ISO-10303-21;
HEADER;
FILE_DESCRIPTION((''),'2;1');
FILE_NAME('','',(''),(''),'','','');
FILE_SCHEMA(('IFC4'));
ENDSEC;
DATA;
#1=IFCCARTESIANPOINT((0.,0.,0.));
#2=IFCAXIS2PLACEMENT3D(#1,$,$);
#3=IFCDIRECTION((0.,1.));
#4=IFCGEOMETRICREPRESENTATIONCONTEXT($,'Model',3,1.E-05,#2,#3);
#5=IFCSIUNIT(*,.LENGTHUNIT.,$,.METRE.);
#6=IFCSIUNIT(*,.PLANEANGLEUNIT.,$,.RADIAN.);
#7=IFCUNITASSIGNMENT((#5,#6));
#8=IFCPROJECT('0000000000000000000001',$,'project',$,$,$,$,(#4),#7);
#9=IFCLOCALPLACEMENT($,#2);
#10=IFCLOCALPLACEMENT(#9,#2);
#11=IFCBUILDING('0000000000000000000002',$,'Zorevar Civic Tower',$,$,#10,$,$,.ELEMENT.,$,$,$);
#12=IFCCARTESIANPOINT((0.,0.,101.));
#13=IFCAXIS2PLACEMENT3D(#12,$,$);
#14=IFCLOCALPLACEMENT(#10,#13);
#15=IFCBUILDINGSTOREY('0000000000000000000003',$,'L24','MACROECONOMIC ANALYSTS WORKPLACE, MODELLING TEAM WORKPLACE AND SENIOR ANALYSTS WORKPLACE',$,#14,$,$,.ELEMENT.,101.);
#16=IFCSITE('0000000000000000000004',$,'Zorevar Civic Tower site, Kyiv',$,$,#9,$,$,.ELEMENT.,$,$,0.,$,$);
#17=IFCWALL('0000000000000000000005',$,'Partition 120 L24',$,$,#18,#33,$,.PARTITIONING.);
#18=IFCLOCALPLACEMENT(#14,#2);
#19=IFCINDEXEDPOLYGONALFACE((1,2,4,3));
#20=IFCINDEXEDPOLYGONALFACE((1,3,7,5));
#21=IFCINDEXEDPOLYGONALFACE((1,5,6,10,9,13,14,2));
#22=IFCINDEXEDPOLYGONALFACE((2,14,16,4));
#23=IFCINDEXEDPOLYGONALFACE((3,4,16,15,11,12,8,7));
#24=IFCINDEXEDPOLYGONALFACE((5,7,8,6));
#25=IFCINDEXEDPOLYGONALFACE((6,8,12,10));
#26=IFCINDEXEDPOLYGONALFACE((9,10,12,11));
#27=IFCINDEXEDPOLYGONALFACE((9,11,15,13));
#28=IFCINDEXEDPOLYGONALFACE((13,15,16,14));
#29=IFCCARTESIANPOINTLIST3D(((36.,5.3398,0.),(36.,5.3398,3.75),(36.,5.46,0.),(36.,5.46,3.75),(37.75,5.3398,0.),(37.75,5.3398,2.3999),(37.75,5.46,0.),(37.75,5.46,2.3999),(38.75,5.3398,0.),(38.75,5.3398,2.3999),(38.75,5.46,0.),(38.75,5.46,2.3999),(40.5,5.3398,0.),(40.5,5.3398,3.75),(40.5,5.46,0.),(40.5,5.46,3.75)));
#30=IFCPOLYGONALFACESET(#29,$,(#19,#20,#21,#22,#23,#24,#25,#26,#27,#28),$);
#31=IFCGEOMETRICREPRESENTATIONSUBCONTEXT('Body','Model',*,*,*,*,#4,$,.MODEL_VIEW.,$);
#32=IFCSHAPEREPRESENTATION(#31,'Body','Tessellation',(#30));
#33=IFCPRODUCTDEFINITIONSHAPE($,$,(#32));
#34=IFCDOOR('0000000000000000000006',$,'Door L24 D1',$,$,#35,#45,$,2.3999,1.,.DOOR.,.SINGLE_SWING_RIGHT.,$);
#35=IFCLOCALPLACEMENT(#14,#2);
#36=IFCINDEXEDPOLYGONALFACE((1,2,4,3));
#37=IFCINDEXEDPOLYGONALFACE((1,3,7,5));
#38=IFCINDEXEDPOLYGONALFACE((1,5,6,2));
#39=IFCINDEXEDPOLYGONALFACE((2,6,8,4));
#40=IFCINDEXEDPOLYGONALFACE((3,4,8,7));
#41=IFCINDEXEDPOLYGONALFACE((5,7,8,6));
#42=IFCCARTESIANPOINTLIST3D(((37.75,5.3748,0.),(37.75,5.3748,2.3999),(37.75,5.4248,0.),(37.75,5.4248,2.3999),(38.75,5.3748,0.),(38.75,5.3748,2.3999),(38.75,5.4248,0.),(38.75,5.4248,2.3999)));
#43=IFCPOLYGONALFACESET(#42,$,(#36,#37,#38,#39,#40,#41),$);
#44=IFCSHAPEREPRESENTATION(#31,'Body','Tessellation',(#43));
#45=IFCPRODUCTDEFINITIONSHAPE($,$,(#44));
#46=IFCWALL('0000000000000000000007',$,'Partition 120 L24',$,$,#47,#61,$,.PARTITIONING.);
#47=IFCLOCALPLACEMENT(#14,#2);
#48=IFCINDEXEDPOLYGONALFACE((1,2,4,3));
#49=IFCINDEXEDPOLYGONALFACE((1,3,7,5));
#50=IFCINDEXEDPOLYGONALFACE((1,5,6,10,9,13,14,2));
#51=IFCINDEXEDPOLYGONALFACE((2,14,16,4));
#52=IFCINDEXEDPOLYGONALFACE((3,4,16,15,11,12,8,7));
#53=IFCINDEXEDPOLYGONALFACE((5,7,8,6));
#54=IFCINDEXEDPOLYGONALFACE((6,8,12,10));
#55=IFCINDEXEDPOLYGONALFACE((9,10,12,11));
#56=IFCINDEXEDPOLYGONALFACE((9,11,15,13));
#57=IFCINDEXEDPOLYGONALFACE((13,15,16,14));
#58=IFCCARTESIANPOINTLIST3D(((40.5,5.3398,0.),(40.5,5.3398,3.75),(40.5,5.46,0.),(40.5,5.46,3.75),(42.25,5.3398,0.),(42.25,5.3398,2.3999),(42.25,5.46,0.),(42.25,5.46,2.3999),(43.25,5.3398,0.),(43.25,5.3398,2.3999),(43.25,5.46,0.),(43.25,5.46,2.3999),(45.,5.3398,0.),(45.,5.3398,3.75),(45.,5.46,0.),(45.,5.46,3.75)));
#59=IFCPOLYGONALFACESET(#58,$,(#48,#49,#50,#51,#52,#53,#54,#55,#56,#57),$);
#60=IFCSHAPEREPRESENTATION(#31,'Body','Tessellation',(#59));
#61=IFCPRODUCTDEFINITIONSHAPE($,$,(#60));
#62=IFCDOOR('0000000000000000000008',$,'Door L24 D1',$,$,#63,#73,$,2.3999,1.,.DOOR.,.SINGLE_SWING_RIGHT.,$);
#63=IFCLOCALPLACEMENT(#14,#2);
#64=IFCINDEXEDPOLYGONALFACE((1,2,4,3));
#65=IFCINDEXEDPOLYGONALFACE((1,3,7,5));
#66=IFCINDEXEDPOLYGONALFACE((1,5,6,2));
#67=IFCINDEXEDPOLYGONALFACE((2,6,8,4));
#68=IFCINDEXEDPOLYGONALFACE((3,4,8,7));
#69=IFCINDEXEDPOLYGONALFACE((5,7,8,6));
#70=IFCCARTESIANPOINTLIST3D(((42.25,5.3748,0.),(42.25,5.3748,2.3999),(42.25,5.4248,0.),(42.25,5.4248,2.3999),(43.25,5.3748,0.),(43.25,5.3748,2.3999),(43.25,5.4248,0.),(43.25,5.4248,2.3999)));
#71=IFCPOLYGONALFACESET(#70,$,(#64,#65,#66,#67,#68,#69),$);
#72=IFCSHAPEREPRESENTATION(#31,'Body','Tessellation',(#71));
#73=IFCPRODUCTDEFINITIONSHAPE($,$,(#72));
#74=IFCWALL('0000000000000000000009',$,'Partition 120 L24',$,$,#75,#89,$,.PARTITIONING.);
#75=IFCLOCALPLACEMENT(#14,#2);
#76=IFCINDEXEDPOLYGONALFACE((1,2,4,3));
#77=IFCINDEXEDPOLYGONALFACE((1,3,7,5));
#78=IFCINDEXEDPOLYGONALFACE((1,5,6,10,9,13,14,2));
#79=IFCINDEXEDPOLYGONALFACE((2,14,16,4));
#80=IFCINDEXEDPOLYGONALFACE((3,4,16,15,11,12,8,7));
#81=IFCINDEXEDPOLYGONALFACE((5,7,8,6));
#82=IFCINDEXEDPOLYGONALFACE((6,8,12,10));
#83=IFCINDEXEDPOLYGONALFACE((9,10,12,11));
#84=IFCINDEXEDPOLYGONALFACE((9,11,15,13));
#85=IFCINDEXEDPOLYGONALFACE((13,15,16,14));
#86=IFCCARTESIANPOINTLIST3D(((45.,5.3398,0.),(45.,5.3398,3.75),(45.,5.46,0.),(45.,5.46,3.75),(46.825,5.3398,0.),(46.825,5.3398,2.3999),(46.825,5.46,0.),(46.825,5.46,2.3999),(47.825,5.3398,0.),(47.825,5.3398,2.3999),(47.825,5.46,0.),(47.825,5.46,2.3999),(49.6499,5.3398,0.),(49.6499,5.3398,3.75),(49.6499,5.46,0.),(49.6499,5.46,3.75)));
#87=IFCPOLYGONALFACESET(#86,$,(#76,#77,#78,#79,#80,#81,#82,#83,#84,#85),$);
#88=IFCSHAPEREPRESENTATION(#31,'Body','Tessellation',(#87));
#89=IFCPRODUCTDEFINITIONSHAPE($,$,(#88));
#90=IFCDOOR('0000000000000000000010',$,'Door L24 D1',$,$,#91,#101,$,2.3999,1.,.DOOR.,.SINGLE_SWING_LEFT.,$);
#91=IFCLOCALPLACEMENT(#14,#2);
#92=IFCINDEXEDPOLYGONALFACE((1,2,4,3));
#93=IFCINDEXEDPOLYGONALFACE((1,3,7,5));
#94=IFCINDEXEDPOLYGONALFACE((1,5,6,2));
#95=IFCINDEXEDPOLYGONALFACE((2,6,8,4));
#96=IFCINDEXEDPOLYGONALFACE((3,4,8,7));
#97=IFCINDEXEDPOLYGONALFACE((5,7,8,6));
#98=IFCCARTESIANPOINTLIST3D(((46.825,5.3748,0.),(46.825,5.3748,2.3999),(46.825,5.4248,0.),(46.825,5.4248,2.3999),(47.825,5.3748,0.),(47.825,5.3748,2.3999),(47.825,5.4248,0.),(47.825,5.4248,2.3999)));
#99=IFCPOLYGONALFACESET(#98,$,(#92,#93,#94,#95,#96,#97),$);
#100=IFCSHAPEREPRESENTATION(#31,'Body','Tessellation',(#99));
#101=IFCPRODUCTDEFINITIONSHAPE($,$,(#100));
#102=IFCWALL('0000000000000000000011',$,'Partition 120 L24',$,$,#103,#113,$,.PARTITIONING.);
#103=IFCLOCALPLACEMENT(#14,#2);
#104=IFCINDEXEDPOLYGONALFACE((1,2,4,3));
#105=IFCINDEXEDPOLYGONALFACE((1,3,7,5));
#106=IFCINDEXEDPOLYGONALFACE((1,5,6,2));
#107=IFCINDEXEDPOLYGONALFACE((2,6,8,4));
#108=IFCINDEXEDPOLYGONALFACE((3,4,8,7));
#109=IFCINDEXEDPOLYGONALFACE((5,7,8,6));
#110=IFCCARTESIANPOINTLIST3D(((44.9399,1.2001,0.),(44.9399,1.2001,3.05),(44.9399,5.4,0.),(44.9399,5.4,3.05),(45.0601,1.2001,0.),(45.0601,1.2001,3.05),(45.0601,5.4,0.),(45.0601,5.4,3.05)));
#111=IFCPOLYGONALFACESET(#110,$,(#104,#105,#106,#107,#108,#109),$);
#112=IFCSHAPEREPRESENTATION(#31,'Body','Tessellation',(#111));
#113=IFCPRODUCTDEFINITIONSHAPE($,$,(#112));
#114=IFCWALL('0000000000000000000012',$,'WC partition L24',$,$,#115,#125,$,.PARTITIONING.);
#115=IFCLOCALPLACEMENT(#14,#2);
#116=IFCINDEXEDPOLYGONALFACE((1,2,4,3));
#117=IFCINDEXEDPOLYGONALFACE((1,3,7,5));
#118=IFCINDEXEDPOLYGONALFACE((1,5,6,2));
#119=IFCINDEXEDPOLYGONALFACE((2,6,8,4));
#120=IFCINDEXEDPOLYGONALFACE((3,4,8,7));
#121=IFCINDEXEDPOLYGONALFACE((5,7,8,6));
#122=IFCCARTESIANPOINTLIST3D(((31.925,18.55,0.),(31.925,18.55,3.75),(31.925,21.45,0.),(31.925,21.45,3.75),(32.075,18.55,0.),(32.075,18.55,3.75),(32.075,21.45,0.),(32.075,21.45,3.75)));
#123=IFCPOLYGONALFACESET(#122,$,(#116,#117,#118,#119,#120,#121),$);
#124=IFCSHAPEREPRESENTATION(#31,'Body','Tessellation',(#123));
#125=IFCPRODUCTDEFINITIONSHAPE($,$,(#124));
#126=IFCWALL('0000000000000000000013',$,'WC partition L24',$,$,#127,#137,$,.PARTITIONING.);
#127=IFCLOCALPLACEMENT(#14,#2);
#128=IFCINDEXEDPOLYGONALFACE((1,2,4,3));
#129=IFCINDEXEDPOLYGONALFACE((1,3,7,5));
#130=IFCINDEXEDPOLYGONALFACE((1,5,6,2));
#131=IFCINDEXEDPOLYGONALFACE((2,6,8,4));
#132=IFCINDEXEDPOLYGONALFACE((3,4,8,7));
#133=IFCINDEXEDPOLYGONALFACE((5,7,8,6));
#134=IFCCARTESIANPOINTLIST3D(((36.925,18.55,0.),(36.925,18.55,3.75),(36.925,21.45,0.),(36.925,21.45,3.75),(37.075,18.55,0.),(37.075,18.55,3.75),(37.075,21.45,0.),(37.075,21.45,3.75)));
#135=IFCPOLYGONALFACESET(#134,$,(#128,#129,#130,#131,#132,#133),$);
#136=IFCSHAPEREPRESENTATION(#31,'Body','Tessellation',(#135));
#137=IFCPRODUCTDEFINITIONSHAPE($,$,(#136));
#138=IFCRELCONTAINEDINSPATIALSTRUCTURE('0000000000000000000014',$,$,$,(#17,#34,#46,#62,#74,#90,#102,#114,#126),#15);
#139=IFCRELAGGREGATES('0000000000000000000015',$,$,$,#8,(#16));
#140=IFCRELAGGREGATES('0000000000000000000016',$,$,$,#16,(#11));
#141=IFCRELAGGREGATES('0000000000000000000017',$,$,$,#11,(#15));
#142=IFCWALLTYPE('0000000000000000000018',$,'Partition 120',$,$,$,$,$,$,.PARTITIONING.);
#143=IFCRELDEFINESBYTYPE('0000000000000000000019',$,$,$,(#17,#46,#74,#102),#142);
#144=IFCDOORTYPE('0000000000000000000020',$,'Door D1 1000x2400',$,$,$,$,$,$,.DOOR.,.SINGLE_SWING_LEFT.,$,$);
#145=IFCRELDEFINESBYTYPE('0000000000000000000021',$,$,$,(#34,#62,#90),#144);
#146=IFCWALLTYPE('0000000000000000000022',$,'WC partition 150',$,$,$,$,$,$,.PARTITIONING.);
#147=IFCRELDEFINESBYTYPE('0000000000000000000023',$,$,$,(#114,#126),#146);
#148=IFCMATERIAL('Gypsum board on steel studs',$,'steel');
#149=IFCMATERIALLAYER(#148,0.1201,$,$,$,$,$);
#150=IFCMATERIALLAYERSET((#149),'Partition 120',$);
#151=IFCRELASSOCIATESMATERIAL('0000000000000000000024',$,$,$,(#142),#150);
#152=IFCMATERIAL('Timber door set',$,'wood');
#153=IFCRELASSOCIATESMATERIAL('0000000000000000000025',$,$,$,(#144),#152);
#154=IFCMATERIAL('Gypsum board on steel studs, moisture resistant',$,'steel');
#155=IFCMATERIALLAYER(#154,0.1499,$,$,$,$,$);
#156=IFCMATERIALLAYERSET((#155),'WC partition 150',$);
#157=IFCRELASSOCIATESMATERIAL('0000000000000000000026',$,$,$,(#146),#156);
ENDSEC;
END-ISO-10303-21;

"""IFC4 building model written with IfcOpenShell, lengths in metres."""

from ifc_helpers import new_model, si_unit, direction, frame, frame_2d, origin, place, context, subcontext, project, spatial, rectangle, extrude, material, layer, layer_set, type_object, element, fill, save


model = new_model("IFC4")

# Units and contexts
model_context = context("Model", 3, precision=1e-05, world=origin(), true_north=direction((0.0, 1.0)))
body_context = subcontext(model_context, "Body", "Model", "MODEL_VIEW")
ifc_project = project(units=[si_unit("LENGTHUNIT", "METRE"), si_unit("PLANEANGLEUNIT", "RADIAN")], contexts=[model_context])

# Site, building, storey
site_placement = place(None, origin())
site = spatial("IfcSite", under=ifc_project, at=site_placement, Name="Zorevar Civic Tower site, Kyiv", CompositionType="ELEMENT", RefElevation=0.0)
building_placement = place(site_placement, origin())
building = spatial("IfcBuilding", under=site, at=building_placement, Name="Zorevar Civic Tower", CompositionType="ELEMENT")
storey_placement = place(building_placement, frame((0.0, 0.0, 101.0)))
storey = spatial("IfcBuildingStorey", under=building, at=storey_placement, Name="L24", Description="MACROECONOMIC ANALYSTS WORKPLACE, MODELLING TEAM WORKPLACE AND SENIOR ANALYSTS WORKPLACE", CompositionType="ELEMENT", Elevation=101.0)

# Walls, openings, doors
ifc_material_1 = material(Name="Gypsum board on steel studs", Category="steel")
ifc_layer_1 = layer(ifc_material_1, 0.1201)
ifc_layer_set_1 = layer_set([ifc_layer_1], Name="Partition 120")
wall_type_1 = type_object("IfcWallType", Name="Partition 120", PredefinedType="PARTITIONING", material=ifc_layer_set_1)
wall_1_placement = place(storey_placement, frame((36.0, 5.3999, 0.0), z_axis=(0.0, 0.0, 1.0), x_axis=(1.0, 0.0, 0.0)))
wall_1 = element("IfcWall", 1, at=wall_1_placement, inside=storey, type_object=wall_type_1, Name="Partition 120 L24", PredefinedType="PARTITIONING", context=body_context, shape_type="SweptSolid", body=[
    extrude(rectangle(XDim=4.5, YDim=0.1201, at=frame_2d((2.25, 0.0))), origin(), (0.0, 0.0, 1.0), 3.75),
])
opening_1_placement = place(wall_1_placement, frame((1.75, 0.0, 0.0)))
opening_1 = element("IfcOpeningElement", 2, at=opening_1_placement, cuts=wall_1, PredefinedType="OPENING", context=body_context, shape_type="SweptSolid", body=[
    extrude(rectangle(XDim=1.0, YDim=2.3999, at=frame_2d((0.5, 1.2))), frame((0.0, 0.0701, 0.0), z_axis=(0.0, -1.0, 0.0), x_axis=(1.0, 0.0, 0.0)), (0.0, 0.0, 1.0), 0.1401),
])
ifc_material_2 = material(Name="Timber door set", Category="wood")
door_type_1 = type_object("IfcDoorType", Name="Door D1 1000x2400", OperationType="SINGLE_SWING_LEFT", PredefinedType="DOOR", material=ifc_material_2)
door_1_placement = place(opening_1_placement, origin())
door_1 = element("IfcDoor", 3, at=door_1_placement, inside=storey, type_object=door_type_1, Name="Door L24 D1", OperationType="SINGLE_SWING_RIGHT", OverallHeight=2.3999, OverallWidth=1.0, PredefinedType="DOOR", context=body_context, shape_type="SweptSolid", body=[
    extrude(rectangle(XDim=1.0, YDim=2.3999, at=frame_2d((0.5, 1.2))), frame((0.0, 0.0249, 0.0), z_axis=(0.0, -1.0, 0.0), x_axis=(1.0, 0.0, 0.0)), (0.0, 0.0, 1.0), 0.05),
])
fill(opening_1, door_1)
wall_2_placement = place(storey_placement, frame((40.5, 5.3999, 0.0), z_axis=(0.0, 0.0, 1.0), x_axis=(1.0, 0.0, 0.0)))
wall_2 = element("IfcWall", 4, at=wall_2_placement, inside=storey, type_object=wall_type_1, Name="Partition 120 L24", PredefinedType="PARTITIONING", context=body_context, shape_type="SweptSolid", body=[
    extrude(rectangle(XDim=4.5, YDim=0.1201, at=frame_2d((2.25, 0.0))), origin(), (0.0, 0.0, 1.0), 3.75),
])
opening_2_placement = place(wall_2_placement, frame((1.75, 0.0, 0.0)))
opening_2 = element("IfcOpeningElement", 5, at=opening_2_placement, cuts=wall_2, PredefinedType="OPENING", context=body_context, shape_type="SweptSolid", body=[
    extrude(rectangle(XDim=1.0, YDim=2.3999, at=frame_2d((0.5, 1.2))), frame((0.0, 0.0701, 0.0), z_axis=(0.0, -1.0, 0.0), x_axis=(1.0, 0.0, 0.0)), (0.0, 0.0, 1.0), 0.1401),
])
door_2_placement = place(opening_2_placement, origin())
door_2 = element("IfcDoor", 6, at=door_2_placement, inside=storey, type_object=door_type_1, Name="Door L24 D1", OperationType="SINGLE_SWING_RIGHT", OverallHeight=2.3999, OverallWidth=1.0, PredefinedType="DOOR", context=body_context, shape_type="SweptSolid", body=[
    extrude(rectangle(XDim=1.0, YDim=2.3999, at=frame_2d((0.5, 1.2))), frame((0.0, 0.0249, 0.0), z_axis=(0.0, -1.0, 0.0), x_axis=(1.0, 0.0, 0.0)), (0.0, 0.0, 1.0), 0.05),
])
fill(opening_2, door_2)
wall_3_placement = place(storey_placement, frame((45.0, 5.3999, 0.0), z_axis=(0.0, 0.0, 1.0), x_axis=(1.0, 0.0, 0.0)))
wall_3 = element("IfcWall", 7, at=wall_3_placement, inside=storey, type_object=wall_type_1, Name="Partition 120 L24", PredefinedType="PARTITIONING", context=body_context, shape_type="SweptSolid", body=[
    extrude(rectangle(XDim=4.6499, YDim=0.1201, at=frame_2d((2.325, 0.0))), origin(), (0.0, 0.0, 1.0), 3.75),
])
opening_3_placement = place(wall_3_placement, frame((1.825, 0.0, 0.0)))
opening_3 = element("IfcOpeningElement", 8, at=opening_3_placement, cuts=wall_3, PredefinedType="OPENING", context=body_context, shape_type="SweptSolid", body=[
    extrude(rectangle(XDim=1.0, YDim=2.3999, at=frame_2d((0.5, 1.2))), frame((0.0, 0.0701, 0.0), z_axis=(0.0, -1.0, 0.0), x_axis=(1.0, 0.0, 0.0)), (0.0, 0.0, 1.0), 0.1401),
])
door_3_placement = place(opening_3_placement, origin())
door_3 = element("IfcDoor", 9, at=door_3_placement, inside=storey, type_object=door_type_1, Name="Door L24 D1", OperationType="SINGLE_SWING_LEFT", OverallHeight=2.3999, OverallWidth=1.0, PredefinedType="DOOR", context=body_context, shape_type="SweptSolid", body=[
    extrude(rectangle(XDim=1.0, YDim=2.3999, at=frame_2d((0.5, 1.2))), frame((0.0, 0.0249, 0.0), z_axis=(0.0, -1.0, 0.0), x_axis=(1.0, 0.0, 0.0)), (0.0, 0.0, 1.0), 0.05),
])
fill(opening_3, door_3)

# Wall
wall_4_placement = place(storey_placement, frame((45.0, 1.2, 0.0), z_axis=(0.0, 0.0, 1.0), x_axis=(0.0, 1.0, 0.0)))
element("IfcWall", 10, at=wall_4_placement, inside=storey, type_object=wall_type_1, Name="Partition 120 L24", PredefinedType="PARTITIONING", context=body_context, shape_type="SweptSolid", body=[
    extrude(rectangle(XDim=4.2, YDim=0.1201, at=frame_2d((2.1001, 0.0))), origin(), (0.0, 0.0, 1.0), 3.05),
])

# Walls
ifc_material_3 = material(Name="Gypsum board on steel studs, moisture resistant", Category="steel")
ifc_layer_2 = layer(ifc_material_3, 0.1499)
ifc_layer_set_2 = layer_set([ifc_layer_2], Name="WC partition 150")
wall_type_2 = type_object("IfcWallType", Name="WC partition 150", PredefinedType="PARTITIONING", material=ifc_layer_set_2)
for number, where, z_axis, x_axis, name in (
    (11, (32.0, 18.55, 0.0), (0.0, 0.0, 1.0), (0.0, 1.0, 0.0), "WC partition L24"),
    (12, (37.0, 18.55, 0.0), (0.0, 0.0, 1.0), (0.0, 1.0, 0.0), "WC partition L24"),
):
    element("IfcWall", number, at=place(storey_placement, frame(where, z_axis=z_axis, x_axis=x_axis)), inside=storey, type_object=wall_type_2, Name=name, PredefinedType="PARTITIONING", context=body_context, shape_type="SweptSolid", body=[
        extrude(rectangle(XDim=2.8999, YDim=0.1499, at=frame_2d((1.45, 0.0))), origin(), (0.0, 0.0, 1.0), 3.75),
    ])

save(model, "model.ifc")
